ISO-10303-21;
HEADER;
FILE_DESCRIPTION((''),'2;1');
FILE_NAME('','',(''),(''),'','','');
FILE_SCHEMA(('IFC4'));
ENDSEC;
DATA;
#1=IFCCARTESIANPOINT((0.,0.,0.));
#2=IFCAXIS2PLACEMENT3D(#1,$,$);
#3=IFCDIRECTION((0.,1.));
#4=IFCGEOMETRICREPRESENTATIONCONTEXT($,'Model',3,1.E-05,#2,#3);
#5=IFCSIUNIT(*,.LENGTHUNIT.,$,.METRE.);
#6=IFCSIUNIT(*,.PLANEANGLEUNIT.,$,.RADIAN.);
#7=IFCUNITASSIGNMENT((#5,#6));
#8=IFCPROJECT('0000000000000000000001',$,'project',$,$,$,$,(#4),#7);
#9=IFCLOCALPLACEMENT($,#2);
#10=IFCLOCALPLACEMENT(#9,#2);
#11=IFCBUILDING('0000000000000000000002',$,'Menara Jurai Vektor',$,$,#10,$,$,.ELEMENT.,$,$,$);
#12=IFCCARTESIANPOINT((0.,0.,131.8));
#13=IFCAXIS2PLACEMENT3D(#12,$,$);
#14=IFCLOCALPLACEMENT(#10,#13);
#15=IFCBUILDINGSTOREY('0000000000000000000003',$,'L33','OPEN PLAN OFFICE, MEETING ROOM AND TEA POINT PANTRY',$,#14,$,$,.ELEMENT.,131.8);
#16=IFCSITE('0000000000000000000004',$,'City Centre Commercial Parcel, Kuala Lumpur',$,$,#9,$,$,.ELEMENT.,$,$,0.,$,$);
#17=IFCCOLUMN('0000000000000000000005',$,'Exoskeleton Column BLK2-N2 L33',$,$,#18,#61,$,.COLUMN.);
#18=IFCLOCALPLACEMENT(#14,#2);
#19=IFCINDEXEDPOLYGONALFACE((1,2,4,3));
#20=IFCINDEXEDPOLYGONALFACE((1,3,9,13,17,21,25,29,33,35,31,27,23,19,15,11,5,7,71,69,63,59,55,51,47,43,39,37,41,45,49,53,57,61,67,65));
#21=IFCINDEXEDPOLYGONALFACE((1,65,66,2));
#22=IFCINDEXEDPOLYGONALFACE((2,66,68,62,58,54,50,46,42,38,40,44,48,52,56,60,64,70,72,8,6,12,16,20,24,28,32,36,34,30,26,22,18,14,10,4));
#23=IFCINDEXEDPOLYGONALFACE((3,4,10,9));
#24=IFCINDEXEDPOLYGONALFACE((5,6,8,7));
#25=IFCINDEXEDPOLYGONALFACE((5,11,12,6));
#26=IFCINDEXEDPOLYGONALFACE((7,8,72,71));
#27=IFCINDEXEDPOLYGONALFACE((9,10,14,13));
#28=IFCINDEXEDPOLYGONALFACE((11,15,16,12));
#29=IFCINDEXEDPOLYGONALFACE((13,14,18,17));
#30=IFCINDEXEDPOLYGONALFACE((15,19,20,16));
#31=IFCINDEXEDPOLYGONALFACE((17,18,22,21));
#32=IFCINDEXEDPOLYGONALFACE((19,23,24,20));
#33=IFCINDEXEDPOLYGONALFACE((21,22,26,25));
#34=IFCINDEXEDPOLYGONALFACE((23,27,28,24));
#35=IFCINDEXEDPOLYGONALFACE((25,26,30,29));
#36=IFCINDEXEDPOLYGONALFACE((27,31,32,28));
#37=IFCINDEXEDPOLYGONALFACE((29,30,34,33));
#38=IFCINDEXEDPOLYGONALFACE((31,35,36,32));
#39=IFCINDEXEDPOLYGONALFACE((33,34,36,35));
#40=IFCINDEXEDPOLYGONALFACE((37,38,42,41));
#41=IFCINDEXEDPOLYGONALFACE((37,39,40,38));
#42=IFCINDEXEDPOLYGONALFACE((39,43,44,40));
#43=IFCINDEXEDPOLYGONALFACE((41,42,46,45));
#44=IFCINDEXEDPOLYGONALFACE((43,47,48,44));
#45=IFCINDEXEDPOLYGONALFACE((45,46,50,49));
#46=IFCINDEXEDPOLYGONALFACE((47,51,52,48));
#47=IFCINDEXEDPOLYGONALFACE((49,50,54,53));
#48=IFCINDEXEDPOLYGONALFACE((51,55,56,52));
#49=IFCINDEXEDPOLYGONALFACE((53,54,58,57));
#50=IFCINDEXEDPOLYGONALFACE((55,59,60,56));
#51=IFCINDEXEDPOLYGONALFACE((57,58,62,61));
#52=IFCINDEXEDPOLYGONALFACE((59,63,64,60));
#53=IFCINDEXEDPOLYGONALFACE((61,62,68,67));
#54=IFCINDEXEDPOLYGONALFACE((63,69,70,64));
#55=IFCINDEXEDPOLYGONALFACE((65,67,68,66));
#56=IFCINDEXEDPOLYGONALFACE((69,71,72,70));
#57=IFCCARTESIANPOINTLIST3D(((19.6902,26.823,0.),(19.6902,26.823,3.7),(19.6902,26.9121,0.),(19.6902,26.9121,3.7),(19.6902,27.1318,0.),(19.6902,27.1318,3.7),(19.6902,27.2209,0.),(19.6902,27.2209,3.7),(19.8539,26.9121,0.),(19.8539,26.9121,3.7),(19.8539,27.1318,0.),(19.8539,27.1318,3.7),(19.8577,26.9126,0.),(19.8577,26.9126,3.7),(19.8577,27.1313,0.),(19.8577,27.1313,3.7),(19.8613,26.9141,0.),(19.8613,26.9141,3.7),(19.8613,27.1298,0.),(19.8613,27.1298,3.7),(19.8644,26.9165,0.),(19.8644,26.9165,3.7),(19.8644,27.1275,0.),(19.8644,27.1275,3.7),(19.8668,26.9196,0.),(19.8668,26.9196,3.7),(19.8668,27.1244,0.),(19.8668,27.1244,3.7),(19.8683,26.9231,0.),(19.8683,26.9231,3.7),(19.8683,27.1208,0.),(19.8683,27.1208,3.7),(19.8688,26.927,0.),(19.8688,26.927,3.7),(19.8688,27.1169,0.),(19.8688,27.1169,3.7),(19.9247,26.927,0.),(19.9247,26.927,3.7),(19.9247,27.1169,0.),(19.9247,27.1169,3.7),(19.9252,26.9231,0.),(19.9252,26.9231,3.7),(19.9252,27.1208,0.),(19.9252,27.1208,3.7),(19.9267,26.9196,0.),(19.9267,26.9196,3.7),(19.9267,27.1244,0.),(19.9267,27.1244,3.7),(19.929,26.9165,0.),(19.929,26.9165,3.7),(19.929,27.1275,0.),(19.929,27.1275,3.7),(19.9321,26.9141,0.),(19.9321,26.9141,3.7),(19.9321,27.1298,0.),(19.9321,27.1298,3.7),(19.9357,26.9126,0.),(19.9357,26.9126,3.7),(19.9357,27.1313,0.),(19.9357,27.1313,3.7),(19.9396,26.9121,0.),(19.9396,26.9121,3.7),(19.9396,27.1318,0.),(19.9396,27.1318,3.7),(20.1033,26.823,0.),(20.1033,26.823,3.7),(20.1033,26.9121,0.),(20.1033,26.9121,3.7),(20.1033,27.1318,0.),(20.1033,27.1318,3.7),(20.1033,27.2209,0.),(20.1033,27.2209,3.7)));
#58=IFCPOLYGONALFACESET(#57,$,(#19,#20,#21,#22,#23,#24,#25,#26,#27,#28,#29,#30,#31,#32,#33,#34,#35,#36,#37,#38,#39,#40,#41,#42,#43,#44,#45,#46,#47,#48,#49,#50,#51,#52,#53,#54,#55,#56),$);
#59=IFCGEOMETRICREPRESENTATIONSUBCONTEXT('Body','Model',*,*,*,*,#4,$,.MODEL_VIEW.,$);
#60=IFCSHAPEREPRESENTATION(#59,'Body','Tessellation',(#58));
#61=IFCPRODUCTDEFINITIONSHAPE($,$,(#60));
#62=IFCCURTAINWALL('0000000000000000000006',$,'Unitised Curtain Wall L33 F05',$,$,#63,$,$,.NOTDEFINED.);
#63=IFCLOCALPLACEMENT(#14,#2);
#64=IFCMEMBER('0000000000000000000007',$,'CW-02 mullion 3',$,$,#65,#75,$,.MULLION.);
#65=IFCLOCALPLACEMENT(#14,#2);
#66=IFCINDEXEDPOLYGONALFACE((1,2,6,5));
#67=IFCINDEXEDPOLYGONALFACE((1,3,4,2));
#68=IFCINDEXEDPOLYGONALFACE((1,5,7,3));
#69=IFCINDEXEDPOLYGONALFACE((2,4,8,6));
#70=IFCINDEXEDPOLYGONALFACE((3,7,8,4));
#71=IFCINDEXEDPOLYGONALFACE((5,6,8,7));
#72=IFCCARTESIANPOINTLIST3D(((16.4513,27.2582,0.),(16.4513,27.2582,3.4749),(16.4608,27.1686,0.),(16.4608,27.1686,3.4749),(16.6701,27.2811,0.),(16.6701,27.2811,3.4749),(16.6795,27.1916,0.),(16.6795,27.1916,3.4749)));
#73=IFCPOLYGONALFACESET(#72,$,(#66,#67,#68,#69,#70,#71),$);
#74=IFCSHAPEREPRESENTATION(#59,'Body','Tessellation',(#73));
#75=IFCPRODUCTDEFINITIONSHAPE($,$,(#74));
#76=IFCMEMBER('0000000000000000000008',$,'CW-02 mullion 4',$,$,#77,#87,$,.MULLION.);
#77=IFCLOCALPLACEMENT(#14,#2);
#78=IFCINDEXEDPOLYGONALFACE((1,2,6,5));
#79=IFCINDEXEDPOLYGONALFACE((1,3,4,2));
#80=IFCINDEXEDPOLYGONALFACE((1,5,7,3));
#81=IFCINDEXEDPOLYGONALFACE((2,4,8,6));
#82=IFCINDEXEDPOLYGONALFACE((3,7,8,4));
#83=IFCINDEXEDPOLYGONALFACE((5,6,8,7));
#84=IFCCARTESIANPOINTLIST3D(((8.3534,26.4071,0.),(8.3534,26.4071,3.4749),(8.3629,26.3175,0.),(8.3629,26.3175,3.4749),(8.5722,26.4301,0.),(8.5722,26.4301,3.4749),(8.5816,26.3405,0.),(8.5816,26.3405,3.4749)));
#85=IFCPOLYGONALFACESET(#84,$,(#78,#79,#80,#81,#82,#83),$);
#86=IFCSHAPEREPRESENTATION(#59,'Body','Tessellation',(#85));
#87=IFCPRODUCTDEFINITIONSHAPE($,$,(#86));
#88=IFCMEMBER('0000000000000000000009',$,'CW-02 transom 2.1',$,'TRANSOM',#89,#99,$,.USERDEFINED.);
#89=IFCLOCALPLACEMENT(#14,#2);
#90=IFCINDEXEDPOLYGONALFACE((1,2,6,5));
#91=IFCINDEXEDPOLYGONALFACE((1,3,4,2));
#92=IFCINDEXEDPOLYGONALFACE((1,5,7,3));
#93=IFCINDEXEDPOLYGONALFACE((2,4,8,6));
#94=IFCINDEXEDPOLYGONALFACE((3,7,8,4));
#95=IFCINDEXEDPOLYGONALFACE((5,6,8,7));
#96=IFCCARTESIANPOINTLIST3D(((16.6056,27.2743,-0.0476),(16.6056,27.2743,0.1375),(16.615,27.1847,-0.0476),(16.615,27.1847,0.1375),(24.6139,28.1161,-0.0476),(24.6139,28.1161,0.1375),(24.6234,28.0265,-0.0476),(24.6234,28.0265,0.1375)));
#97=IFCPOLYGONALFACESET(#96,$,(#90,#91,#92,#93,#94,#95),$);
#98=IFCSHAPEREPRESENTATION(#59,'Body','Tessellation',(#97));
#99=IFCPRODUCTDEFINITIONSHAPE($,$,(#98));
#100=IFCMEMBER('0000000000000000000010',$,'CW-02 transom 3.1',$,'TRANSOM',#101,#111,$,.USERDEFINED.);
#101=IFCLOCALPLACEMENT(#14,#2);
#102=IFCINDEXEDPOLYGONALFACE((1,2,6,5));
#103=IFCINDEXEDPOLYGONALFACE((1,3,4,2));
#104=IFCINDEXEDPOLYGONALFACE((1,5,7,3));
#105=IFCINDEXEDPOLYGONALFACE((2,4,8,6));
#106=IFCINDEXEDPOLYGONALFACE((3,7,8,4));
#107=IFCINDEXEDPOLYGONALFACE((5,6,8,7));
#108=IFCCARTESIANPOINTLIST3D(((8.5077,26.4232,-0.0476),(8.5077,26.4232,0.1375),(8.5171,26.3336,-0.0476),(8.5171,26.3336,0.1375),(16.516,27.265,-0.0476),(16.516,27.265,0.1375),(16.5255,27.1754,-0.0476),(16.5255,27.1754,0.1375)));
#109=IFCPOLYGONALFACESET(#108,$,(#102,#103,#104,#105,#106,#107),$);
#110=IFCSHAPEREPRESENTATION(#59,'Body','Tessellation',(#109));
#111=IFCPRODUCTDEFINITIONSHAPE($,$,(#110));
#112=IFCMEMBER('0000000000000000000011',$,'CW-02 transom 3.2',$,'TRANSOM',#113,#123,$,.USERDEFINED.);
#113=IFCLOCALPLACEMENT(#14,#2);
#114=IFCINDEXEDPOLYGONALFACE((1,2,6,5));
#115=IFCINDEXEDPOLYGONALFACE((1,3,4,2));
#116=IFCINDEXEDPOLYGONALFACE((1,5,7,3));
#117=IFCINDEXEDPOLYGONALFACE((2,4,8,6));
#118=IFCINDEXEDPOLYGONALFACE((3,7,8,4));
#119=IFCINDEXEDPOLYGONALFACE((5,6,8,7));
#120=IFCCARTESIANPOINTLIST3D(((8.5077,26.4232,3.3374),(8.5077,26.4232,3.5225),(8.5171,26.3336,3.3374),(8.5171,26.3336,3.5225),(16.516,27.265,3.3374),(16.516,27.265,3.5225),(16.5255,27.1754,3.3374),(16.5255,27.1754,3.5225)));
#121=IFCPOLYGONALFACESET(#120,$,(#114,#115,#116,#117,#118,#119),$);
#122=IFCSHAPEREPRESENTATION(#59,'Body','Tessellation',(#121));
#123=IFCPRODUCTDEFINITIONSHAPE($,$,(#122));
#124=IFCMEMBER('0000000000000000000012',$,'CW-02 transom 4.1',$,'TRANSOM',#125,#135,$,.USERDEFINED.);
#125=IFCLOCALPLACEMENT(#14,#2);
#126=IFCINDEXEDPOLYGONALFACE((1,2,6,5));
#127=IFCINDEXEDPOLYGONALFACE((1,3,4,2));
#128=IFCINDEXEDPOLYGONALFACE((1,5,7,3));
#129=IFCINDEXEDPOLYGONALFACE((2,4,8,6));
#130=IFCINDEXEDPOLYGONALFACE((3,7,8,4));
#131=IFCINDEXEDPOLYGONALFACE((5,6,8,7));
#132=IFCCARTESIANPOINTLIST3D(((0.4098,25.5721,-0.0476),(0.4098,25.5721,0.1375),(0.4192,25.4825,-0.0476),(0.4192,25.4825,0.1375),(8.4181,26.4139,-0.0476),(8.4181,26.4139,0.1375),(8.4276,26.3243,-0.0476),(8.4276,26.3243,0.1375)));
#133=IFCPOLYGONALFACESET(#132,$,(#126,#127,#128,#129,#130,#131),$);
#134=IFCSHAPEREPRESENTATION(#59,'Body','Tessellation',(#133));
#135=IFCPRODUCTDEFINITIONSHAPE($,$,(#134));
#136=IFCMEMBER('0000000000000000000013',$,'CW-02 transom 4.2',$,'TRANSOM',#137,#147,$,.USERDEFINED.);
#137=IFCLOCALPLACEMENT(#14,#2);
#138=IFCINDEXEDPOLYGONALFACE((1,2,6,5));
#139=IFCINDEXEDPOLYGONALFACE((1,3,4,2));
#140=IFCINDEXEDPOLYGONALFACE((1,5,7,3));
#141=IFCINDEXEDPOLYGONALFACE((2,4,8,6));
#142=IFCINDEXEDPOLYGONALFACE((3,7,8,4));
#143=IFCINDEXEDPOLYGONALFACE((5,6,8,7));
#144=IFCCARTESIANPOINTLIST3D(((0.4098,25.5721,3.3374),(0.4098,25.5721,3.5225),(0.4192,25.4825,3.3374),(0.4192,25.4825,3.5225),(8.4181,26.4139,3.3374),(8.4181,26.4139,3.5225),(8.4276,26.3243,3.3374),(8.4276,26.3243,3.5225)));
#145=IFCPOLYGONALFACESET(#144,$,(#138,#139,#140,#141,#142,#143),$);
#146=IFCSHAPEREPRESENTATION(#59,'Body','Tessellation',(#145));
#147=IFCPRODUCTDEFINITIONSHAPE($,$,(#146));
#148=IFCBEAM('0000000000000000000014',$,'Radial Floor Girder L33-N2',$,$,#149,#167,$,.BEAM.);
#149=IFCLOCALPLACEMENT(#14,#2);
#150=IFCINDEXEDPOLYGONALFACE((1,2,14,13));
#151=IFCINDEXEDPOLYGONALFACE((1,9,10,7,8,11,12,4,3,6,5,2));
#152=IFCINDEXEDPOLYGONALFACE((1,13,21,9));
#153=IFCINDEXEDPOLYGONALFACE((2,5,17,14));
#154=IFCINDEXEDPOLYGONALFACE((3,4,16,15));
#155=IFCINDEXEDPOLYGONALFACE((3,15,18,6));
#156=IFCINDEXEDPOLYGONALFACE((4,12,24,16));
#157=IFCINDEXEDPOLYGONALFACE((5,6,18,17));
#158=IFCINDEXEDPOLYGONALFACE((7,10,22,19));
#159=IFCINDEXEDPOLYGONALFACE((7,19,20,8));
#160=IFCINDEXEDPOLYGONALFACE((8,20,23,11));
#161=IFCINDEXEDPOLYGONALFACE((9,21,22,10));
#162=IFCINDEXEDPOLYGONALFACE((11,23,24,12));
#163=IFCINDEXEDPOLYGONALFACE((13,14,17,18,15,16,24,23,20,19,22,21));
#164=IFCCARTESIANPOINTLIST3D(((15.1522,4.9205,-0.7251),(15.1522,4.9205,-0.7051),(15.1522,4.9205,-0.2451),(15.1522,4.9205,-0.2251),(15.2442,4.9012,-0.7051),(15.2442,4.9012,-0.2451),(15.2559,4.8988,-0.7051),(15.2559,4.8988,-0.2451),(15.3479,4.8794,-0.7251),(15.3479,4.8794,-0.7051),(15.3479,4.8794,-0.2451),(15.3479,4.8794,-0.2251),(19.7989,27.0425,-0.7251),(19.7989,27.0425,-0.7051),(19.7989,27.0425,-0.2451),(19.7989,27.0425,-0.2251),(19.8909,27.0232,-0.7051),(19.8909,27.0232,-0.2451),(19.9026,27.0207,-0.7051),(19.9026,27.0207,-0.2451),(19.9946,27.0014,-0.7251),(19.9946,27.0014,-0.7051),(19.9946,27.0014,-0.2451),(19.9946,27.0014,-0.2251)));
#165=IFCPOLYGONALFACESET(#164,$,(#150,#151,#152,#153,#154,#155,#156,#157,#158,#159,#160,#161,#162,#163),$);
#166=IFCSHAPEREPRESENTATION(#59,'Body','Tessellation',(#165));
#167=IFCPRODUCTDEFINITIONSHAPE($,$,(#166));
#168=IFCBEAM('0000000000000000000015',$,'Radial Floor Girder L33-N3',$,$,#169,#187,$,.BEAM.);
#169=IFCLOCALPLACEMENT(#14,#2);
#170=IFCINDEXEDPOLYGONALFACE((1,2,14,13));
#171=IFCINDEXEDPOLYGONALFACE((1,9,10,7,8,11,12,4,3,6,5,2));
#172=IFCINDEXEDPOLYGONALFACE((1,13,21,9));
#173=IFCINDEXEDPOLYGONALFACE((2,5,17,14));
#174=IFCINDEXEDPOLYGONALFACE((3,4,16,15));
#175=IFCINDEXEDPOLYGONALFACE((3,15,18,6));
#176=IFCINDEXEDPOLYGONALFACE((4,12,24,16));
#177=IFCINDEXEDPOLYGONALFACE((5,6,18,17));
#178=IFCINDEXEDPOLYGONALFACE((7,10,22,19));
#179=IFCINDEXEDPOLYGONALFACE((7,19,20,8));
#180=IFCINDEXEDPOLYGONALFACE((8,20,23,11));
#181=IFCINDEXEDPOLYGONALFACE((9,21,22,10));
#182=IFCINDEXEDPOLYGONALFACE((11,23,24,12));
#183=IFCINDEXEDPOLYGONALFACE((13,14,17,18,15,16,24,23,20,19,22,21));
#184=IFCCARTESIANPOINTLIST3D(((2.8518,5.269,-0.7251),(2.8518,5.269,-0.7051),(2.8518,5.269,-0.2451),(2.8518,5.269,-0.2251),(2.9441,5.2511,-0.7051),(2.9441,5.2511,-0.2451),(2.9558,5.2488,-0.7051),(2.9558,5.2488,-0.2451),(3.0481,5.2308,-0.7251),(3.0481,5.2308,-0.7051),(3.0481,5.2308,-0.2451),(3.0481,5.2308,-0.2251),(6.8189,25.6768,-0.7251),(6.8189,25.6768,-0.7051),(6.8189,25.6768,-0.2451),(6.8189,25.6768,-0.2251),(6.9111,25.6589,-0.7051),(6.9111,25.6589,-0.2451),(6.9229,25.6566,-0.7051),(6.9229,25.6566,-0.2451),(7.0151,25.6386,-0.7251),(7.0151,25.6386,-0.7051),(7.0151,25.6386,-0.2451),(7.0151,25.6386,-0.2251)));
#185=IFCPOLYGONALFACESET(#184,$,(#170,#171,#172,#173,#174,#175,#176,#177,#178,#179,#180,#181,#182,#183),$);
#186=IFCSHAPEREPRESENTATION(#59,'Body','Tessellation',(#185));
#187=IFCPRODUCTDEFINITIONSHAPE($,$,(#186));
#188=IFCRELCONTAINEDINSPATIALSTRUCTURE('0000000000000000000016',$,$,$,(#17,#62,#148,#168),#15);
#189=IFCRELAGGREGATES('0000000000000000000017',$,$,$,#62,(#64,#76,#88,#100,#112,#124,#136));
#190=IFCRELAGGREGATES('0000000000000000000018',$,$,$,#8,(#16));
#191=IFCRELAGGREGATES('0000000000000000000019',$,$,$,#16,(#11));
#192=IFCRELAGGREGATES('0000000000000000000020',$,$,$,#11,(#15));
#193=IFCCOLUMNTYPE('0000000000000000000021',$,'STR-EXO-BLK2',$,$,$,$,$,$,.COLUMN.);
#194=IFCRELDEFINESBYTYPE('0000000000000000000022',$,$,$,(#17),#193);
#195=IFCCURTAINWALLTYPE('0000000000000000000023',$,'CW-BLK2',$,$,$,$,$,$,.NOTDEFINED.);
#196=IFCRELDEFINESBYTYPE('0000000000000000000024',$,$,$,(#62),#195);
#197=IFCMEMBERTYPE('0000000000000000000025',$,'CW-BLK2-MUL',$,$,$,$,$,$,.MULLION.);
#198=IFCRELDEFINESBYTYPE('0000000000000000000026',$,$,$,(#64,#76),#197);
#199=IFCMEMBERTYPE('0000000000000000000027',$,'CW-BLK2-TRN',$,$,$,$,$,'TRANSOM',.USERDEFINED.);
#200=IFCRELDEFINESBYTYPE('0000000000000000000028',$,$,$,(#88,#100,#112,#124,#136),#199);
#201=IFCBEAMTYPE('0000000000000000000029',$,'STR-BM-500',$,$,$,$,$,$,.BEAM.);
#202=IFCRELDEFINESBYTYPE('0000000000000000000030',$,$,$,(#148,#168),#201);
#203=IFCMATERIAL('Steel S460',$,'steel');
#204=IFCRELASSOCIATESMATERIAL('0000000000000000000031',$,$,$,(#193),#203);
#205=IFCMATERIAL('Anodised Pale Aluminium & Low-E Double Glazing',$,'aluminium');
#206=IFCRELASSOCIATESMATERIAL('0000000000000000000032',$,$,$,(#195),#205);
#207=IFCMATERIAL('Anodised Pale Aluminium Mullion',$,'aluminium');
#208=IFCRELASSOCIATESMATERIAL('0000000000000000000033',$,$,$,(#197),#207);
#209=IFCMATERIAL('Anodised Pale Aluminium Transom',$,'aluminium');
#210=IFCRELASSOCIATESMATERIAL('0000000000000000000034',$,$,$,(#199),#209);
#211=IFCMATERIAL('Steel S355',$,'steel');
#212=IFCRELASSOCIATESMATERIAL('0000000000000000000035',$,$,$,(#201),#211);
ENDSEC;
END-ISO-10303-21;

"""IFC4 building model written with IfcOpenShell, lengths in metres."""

from ifc_helpers import new_model, si_unit, direction, frame, origin, origin_2d, place, context, subcontext, project, spatial, rectangle, i_section, extrude, material, material_profile, profile_set, type_object, element, aggregate, save


model = new_model("IFC4")

# Units and contexts
model_context = context("Model", 3, precision=1e-05, world=origin(), true_north=direction((0.0, 1.0)))
body_context = subcontext(model_context, "Body", "Model", "MODEL_VIEW")
ifc_project = project(units=[si_unit("LENGTHUNIT", "METRE"), si_unit("PLANEANGLEUNIT", "RADIAN")], contexts=[model_context])

# Site, building, storey
site_placement = place(None, origin())
site = spatial("IfcSite", under=ifc_project, at=site_placement, Name="City Centre Commercial Parcel, Kuala Lumpur", CompositionType="ELEMENT", RefElevation=0.0)
building_placement = place(site_placement, origin())
building = spatial("IfcBuilding", under=site, at=building_placement, Name="Menara Jurai Vektor", CompositionType="ELEMENT")
storey_placement = place(building_placement, frame((0.0, 0.0, 131.8)))
storey = spatial("IfcBuildingStorey", under=building, at=storey_placement, Name="L33", Description="OPEN PLAN OFFICE, MEETING ROOM AND TEA POINT PANTRY", CompositionType="ELEMENT", Elevation=131.8)

# Column
ifc_material_1 = material(Name="Steel S460", Category="steel")
ifc_material_profile_1 = material_profile(ifc_material_1, i_section(OverallWidth=0.4131, OverallDepth=0.3979, WebThickness=0.0559, FlangeThickness=0.0891, FilletRadius=0.0149, at=origin_2d()), Name="HD 400x744")
ifc_profile_set_1 = profile_set([ifc_material_profile_1], Name="Steel S460")
column_type = type_object("IfcColumnType", Name="STR-EXO-BLK2", PredefinedType="COLUMN", material=ifc_profile_set_1)
column_placement = place(storey_placement, frame((19.8967, 27.022, 0.0), z_axis=(0.0, 0.0, 1.0), x_axis=(1.0, 0.0, 0.0)))
element("IfcColumn", 1, at=column_placement, inside=storey, type_object=column_type, Name="Exoskeleton Column BLK2-N2 L33", PredefinedType="COLUMN", context=body_context, shape_type="SweptSolid", body=[
    extrude(i_section(OverallWidth=0.4131, OverallDepth=0.3979, WebThickness=0.0559, FlangeThickness=0.0891, FilletRadius=0.0149, at=origin_2d()), origin(), (0.0, 0.0, 1.0), 3.7),
])

# Curtain wall, members
ifc_material_2 = material(Name="Anodised Pale Aluminium & Low-E Double Glazing", Category="aluminium")
curtain_wall_type = type_object("IfcCurtainWallType", Name="CW-BLK2", PredefinedType="NOTDEFINED", material=ifc_material_2)
curtain_wall_placement = place(storey_placement, origin())
curtain_wall = element("IfcCurtainWall", 2, at=curtain_wall_placement, inside=storey, type_object=curtain_wall_type, Name="Unitised Curtain Wall L33 F05", PredefinedType="NOTDEFINED")
ifc_material_3 = material(Name="Anodised Pale Aluminium Mullion", Category="aluminium")
ifc_material_profile_2 = material_profile(ifc_material_3, rectangle(XDim=0.0901, YDim=0.22, at=origin_2d()), Name="ALU MUL 90x220")
ifc_profile_set_2 = profile_set([ifc_material_profile_2], Name="Anodised Pale Aluminium Mullion")
member_type_1 = type_object("IfcMemberType", Name="CW-BLK2-MUL", PredefinedType="MULLION", material=ifc_profile_set_2)
member_1_placement = place(storey_placement, frame((16.5654, 27.2249, 0.0), z_axis=(0.0, 0.0, 1.0), x_axis=(0.104529, -0.994522, 0.0)))
member_1 = element("IfcMember", 3, at=member_1_placement, type_object=member_type_1, Name="CW-02 mullion 3", PredefinedType="MULLION", context=body_context, shape_type="SweptSolid", body=[
    extrude(rectangle(XDim=0.0901, YDim=0.22, at=origin_2d()), origin(), (0.0, 0.0, 1.0), 3.4749),
])
member_2_placement = place(storey_placement, frame((8.4675, 26.3738, 0.0), z_axis=(0.0, 0.0, 1.0), x_axis=(0.104529, -0.994522, 0.0)))
member_2 = element("IfcMember", 4, at=member_2_placement, type_object=member_type_1, Name="CW-02 mullion 4", PredefinedType="MULLION", context=body_context, shape_type="SweptSolid", body=[
    extrude(rectangle(XDim=0.0901, YDim=0.22, at=origin_2d()), origin(), (0.0, 0.0, 1.0), 3.4749),
])
ifc_material_4 = material(Name="Anodised Pale Aluminium Transom", Category="aluminium")
ifc_material_profile_3 = material_profile(ifc_material_4, rectangle(XDim=0.0901, YDim=0.1851, at=origin_2d()), Name="ALU TRN 90x185")
ifc_profile_set_3 = profile_set([ifc_material_profile_3], Name="Anodised Pale Aluminium Transom")
member_type_2 = type_object("IfcMemberType", Name="CW-BLK2-TRN", ElementType="TRANSOM", PredefinedType="USERDEFINED", material=ifc_profile_set_3)
member_3_placement = place(storey_placement, frame((24.6187, 28.0713, 0.0449), z_axis=(-0.994521, -0.10454, 0.0), x_axis=(0.10454, -0.994521, 0.0)))
member_3 = element("IfcMember", 5, at=member_3_placement, type_object=member_type_2, Name="CW-02 transom 2.1", ObjectType="TRANSOM", PredefinedType="USERDEFINED", context=body_context, shape_type="SweptSolid", body=[
    extrude(rectangle(XDim=0.0901, YDim=0.1851, at=origin_2d()), origin(), (0.0, 0.0, 1.0), 8.0525),
])
member_4_placement = place(storey_placement, frame((16.5208, 27.2202, 0.0449), z_axis=(-0.994521, -0.10454, 0.0), x_axis=(0.10454, -0.994521, 0.0)))
member_4 = element("IfcMember", 6, at=member_4_placement, type_object=member_type_2, Name="CW-02 transom 3.1", ObjectType="TRANSOM", PredefinedType="USERDEFINED", context=body_context, shape_type="SweptSolid", body=[
    extrude(rectangle(XDim=0.0901, YDim=0.1851, at=origin_2d()), origin(), (0.0, 0.0, 1.0), 8.0525),
])
member_5_placement = place(storey_placement, frame((16.5208, 27.2202, 3.4299), z_axis=(-0.994521, -0.10454, 0.0), x_axis=(0.10454, -0.994521, 0.0)))
member_5 = element("IfcMember", 7, at=member_5_placement, type_object=member_type_2, Name="CW-02 transom 3.2", ObjectType="TRANSOM", PredefinedType="USERDEFINED", context=body_context, shape_type="SweptSolid", body=[
    extrude(rectangle(XDim=0.0901, YDim=0.1851, at=origin_2d()), origin(), (0.0, 0.0, 1.0), 8.0525),
])
member_6_placement = place(storey_placement, frame((8.4229, 26.3691, 0.0449), z_axis=(-0.994521, -0.10454, 0.0), x_axis=(0.10454, -0.994521, 0.0)))
member_6 = element("IfcMember", 8, at=member_6_placement, type_object=member_type_2, Name="CW-02 transom 4.1", ObjectType="TRANSOM", PredefinedType="USERDEFINED", context=body_context, shape_type="SweptSolid", body=[
    extrude(rectangle(XDim=0.0901, YDim=0.1851, at=origin_2d()), origin(), (0.0, 0.0, 1.0), 8.0525),
])
member_7_placement = place(storey_placement, frame((8.4229, 26.3691, 3.4299), z_axis=(-0.994521, -0.10454, 0.0), x_axis=(0.10454, -0.994521, 0.0)))
member_7 = element("IfcMember", 9, at=member_7_placement, type_object=member_type_2, Name="CW-02 transom 4.2", ObjectType="TRANSOM", PredefinedType="USERDEFINED", context=body_context, shape_type="SweptSolid", body=[
    extrude(rectangle(XDim=0.0901, YDim=0.1851, at=origin_2d()), origin(), (0.0, 0.0, 1.0), 8.0525),
])

# Beams
ifc_material_5 = material(Name="Steel S355", Category="steel")
ifc_material_profile_4 = material_profile(ifc_material_5, i_section(OverallWidth=0.2, OverallDepth=0.5, WebThickness=0.012, FlangeThickness=0.02, at=origin_2d()), Name="PG 500x200x96")
ifc_profile_set_4 = profile_set([ifc_material_profile_4], Name="Steel S355")
beam_type_1 = type_object("IfcBeamType", Name="STR-BM-500", PredefinedType="BEAM", material=ifc_profile_set_4)
beam_1_placement = place(storey_placement, frame((19.8967, 27.022, -0.4751), z_axis=(-0.205564, -0.978644, 0.0), x_axis=(0.978644, -0.205564, 0.0)))
element("IfcBeam", 10, at=beam_1_placement, inside=storey, type_object=beam_type_1, Name="Radial Floor Girder L33-N2", PredefinedType="BEAM", context=body_context, shape_type="SweptSolid", body=[
    extrude(i_section(OverallWidth=0.2, OverallDepth=0.5, WebThickness=0.012, FlangeThickness=0.02, at=origin_2d()), origin(), (0.0, 0.0, 1.0), 22.6047),
])
beam_2_placement = place(storey_placement, frame((6.917, 25.6577, -0.4751), z_axis=(-0.190817, -0.981626, 0.0), x_axis=(0.981626, -0.190817, 0.0)))
element("IfcBeam", 11, at=beam_2_placement, inside=storey, type_object=beam_type_1, Name="Radial Floor Girder L33-N3", PredefinedType="BEAM", context=body_context, shape_type="SweptSolid", body=[
    extrude(i_section(OverallWidth=0.2, OverallDepth=0.5, WebThickness=0.012, FlangeThickness=0.02, at=origin_2d()), origin(), (0.0, 0.0, 1.0), 20.7898),
])

aggregate(curtain_wall, [member_1, member_2, member_3, member_4, member_5, member_6, member_7])

save(model, "model.ifc")
